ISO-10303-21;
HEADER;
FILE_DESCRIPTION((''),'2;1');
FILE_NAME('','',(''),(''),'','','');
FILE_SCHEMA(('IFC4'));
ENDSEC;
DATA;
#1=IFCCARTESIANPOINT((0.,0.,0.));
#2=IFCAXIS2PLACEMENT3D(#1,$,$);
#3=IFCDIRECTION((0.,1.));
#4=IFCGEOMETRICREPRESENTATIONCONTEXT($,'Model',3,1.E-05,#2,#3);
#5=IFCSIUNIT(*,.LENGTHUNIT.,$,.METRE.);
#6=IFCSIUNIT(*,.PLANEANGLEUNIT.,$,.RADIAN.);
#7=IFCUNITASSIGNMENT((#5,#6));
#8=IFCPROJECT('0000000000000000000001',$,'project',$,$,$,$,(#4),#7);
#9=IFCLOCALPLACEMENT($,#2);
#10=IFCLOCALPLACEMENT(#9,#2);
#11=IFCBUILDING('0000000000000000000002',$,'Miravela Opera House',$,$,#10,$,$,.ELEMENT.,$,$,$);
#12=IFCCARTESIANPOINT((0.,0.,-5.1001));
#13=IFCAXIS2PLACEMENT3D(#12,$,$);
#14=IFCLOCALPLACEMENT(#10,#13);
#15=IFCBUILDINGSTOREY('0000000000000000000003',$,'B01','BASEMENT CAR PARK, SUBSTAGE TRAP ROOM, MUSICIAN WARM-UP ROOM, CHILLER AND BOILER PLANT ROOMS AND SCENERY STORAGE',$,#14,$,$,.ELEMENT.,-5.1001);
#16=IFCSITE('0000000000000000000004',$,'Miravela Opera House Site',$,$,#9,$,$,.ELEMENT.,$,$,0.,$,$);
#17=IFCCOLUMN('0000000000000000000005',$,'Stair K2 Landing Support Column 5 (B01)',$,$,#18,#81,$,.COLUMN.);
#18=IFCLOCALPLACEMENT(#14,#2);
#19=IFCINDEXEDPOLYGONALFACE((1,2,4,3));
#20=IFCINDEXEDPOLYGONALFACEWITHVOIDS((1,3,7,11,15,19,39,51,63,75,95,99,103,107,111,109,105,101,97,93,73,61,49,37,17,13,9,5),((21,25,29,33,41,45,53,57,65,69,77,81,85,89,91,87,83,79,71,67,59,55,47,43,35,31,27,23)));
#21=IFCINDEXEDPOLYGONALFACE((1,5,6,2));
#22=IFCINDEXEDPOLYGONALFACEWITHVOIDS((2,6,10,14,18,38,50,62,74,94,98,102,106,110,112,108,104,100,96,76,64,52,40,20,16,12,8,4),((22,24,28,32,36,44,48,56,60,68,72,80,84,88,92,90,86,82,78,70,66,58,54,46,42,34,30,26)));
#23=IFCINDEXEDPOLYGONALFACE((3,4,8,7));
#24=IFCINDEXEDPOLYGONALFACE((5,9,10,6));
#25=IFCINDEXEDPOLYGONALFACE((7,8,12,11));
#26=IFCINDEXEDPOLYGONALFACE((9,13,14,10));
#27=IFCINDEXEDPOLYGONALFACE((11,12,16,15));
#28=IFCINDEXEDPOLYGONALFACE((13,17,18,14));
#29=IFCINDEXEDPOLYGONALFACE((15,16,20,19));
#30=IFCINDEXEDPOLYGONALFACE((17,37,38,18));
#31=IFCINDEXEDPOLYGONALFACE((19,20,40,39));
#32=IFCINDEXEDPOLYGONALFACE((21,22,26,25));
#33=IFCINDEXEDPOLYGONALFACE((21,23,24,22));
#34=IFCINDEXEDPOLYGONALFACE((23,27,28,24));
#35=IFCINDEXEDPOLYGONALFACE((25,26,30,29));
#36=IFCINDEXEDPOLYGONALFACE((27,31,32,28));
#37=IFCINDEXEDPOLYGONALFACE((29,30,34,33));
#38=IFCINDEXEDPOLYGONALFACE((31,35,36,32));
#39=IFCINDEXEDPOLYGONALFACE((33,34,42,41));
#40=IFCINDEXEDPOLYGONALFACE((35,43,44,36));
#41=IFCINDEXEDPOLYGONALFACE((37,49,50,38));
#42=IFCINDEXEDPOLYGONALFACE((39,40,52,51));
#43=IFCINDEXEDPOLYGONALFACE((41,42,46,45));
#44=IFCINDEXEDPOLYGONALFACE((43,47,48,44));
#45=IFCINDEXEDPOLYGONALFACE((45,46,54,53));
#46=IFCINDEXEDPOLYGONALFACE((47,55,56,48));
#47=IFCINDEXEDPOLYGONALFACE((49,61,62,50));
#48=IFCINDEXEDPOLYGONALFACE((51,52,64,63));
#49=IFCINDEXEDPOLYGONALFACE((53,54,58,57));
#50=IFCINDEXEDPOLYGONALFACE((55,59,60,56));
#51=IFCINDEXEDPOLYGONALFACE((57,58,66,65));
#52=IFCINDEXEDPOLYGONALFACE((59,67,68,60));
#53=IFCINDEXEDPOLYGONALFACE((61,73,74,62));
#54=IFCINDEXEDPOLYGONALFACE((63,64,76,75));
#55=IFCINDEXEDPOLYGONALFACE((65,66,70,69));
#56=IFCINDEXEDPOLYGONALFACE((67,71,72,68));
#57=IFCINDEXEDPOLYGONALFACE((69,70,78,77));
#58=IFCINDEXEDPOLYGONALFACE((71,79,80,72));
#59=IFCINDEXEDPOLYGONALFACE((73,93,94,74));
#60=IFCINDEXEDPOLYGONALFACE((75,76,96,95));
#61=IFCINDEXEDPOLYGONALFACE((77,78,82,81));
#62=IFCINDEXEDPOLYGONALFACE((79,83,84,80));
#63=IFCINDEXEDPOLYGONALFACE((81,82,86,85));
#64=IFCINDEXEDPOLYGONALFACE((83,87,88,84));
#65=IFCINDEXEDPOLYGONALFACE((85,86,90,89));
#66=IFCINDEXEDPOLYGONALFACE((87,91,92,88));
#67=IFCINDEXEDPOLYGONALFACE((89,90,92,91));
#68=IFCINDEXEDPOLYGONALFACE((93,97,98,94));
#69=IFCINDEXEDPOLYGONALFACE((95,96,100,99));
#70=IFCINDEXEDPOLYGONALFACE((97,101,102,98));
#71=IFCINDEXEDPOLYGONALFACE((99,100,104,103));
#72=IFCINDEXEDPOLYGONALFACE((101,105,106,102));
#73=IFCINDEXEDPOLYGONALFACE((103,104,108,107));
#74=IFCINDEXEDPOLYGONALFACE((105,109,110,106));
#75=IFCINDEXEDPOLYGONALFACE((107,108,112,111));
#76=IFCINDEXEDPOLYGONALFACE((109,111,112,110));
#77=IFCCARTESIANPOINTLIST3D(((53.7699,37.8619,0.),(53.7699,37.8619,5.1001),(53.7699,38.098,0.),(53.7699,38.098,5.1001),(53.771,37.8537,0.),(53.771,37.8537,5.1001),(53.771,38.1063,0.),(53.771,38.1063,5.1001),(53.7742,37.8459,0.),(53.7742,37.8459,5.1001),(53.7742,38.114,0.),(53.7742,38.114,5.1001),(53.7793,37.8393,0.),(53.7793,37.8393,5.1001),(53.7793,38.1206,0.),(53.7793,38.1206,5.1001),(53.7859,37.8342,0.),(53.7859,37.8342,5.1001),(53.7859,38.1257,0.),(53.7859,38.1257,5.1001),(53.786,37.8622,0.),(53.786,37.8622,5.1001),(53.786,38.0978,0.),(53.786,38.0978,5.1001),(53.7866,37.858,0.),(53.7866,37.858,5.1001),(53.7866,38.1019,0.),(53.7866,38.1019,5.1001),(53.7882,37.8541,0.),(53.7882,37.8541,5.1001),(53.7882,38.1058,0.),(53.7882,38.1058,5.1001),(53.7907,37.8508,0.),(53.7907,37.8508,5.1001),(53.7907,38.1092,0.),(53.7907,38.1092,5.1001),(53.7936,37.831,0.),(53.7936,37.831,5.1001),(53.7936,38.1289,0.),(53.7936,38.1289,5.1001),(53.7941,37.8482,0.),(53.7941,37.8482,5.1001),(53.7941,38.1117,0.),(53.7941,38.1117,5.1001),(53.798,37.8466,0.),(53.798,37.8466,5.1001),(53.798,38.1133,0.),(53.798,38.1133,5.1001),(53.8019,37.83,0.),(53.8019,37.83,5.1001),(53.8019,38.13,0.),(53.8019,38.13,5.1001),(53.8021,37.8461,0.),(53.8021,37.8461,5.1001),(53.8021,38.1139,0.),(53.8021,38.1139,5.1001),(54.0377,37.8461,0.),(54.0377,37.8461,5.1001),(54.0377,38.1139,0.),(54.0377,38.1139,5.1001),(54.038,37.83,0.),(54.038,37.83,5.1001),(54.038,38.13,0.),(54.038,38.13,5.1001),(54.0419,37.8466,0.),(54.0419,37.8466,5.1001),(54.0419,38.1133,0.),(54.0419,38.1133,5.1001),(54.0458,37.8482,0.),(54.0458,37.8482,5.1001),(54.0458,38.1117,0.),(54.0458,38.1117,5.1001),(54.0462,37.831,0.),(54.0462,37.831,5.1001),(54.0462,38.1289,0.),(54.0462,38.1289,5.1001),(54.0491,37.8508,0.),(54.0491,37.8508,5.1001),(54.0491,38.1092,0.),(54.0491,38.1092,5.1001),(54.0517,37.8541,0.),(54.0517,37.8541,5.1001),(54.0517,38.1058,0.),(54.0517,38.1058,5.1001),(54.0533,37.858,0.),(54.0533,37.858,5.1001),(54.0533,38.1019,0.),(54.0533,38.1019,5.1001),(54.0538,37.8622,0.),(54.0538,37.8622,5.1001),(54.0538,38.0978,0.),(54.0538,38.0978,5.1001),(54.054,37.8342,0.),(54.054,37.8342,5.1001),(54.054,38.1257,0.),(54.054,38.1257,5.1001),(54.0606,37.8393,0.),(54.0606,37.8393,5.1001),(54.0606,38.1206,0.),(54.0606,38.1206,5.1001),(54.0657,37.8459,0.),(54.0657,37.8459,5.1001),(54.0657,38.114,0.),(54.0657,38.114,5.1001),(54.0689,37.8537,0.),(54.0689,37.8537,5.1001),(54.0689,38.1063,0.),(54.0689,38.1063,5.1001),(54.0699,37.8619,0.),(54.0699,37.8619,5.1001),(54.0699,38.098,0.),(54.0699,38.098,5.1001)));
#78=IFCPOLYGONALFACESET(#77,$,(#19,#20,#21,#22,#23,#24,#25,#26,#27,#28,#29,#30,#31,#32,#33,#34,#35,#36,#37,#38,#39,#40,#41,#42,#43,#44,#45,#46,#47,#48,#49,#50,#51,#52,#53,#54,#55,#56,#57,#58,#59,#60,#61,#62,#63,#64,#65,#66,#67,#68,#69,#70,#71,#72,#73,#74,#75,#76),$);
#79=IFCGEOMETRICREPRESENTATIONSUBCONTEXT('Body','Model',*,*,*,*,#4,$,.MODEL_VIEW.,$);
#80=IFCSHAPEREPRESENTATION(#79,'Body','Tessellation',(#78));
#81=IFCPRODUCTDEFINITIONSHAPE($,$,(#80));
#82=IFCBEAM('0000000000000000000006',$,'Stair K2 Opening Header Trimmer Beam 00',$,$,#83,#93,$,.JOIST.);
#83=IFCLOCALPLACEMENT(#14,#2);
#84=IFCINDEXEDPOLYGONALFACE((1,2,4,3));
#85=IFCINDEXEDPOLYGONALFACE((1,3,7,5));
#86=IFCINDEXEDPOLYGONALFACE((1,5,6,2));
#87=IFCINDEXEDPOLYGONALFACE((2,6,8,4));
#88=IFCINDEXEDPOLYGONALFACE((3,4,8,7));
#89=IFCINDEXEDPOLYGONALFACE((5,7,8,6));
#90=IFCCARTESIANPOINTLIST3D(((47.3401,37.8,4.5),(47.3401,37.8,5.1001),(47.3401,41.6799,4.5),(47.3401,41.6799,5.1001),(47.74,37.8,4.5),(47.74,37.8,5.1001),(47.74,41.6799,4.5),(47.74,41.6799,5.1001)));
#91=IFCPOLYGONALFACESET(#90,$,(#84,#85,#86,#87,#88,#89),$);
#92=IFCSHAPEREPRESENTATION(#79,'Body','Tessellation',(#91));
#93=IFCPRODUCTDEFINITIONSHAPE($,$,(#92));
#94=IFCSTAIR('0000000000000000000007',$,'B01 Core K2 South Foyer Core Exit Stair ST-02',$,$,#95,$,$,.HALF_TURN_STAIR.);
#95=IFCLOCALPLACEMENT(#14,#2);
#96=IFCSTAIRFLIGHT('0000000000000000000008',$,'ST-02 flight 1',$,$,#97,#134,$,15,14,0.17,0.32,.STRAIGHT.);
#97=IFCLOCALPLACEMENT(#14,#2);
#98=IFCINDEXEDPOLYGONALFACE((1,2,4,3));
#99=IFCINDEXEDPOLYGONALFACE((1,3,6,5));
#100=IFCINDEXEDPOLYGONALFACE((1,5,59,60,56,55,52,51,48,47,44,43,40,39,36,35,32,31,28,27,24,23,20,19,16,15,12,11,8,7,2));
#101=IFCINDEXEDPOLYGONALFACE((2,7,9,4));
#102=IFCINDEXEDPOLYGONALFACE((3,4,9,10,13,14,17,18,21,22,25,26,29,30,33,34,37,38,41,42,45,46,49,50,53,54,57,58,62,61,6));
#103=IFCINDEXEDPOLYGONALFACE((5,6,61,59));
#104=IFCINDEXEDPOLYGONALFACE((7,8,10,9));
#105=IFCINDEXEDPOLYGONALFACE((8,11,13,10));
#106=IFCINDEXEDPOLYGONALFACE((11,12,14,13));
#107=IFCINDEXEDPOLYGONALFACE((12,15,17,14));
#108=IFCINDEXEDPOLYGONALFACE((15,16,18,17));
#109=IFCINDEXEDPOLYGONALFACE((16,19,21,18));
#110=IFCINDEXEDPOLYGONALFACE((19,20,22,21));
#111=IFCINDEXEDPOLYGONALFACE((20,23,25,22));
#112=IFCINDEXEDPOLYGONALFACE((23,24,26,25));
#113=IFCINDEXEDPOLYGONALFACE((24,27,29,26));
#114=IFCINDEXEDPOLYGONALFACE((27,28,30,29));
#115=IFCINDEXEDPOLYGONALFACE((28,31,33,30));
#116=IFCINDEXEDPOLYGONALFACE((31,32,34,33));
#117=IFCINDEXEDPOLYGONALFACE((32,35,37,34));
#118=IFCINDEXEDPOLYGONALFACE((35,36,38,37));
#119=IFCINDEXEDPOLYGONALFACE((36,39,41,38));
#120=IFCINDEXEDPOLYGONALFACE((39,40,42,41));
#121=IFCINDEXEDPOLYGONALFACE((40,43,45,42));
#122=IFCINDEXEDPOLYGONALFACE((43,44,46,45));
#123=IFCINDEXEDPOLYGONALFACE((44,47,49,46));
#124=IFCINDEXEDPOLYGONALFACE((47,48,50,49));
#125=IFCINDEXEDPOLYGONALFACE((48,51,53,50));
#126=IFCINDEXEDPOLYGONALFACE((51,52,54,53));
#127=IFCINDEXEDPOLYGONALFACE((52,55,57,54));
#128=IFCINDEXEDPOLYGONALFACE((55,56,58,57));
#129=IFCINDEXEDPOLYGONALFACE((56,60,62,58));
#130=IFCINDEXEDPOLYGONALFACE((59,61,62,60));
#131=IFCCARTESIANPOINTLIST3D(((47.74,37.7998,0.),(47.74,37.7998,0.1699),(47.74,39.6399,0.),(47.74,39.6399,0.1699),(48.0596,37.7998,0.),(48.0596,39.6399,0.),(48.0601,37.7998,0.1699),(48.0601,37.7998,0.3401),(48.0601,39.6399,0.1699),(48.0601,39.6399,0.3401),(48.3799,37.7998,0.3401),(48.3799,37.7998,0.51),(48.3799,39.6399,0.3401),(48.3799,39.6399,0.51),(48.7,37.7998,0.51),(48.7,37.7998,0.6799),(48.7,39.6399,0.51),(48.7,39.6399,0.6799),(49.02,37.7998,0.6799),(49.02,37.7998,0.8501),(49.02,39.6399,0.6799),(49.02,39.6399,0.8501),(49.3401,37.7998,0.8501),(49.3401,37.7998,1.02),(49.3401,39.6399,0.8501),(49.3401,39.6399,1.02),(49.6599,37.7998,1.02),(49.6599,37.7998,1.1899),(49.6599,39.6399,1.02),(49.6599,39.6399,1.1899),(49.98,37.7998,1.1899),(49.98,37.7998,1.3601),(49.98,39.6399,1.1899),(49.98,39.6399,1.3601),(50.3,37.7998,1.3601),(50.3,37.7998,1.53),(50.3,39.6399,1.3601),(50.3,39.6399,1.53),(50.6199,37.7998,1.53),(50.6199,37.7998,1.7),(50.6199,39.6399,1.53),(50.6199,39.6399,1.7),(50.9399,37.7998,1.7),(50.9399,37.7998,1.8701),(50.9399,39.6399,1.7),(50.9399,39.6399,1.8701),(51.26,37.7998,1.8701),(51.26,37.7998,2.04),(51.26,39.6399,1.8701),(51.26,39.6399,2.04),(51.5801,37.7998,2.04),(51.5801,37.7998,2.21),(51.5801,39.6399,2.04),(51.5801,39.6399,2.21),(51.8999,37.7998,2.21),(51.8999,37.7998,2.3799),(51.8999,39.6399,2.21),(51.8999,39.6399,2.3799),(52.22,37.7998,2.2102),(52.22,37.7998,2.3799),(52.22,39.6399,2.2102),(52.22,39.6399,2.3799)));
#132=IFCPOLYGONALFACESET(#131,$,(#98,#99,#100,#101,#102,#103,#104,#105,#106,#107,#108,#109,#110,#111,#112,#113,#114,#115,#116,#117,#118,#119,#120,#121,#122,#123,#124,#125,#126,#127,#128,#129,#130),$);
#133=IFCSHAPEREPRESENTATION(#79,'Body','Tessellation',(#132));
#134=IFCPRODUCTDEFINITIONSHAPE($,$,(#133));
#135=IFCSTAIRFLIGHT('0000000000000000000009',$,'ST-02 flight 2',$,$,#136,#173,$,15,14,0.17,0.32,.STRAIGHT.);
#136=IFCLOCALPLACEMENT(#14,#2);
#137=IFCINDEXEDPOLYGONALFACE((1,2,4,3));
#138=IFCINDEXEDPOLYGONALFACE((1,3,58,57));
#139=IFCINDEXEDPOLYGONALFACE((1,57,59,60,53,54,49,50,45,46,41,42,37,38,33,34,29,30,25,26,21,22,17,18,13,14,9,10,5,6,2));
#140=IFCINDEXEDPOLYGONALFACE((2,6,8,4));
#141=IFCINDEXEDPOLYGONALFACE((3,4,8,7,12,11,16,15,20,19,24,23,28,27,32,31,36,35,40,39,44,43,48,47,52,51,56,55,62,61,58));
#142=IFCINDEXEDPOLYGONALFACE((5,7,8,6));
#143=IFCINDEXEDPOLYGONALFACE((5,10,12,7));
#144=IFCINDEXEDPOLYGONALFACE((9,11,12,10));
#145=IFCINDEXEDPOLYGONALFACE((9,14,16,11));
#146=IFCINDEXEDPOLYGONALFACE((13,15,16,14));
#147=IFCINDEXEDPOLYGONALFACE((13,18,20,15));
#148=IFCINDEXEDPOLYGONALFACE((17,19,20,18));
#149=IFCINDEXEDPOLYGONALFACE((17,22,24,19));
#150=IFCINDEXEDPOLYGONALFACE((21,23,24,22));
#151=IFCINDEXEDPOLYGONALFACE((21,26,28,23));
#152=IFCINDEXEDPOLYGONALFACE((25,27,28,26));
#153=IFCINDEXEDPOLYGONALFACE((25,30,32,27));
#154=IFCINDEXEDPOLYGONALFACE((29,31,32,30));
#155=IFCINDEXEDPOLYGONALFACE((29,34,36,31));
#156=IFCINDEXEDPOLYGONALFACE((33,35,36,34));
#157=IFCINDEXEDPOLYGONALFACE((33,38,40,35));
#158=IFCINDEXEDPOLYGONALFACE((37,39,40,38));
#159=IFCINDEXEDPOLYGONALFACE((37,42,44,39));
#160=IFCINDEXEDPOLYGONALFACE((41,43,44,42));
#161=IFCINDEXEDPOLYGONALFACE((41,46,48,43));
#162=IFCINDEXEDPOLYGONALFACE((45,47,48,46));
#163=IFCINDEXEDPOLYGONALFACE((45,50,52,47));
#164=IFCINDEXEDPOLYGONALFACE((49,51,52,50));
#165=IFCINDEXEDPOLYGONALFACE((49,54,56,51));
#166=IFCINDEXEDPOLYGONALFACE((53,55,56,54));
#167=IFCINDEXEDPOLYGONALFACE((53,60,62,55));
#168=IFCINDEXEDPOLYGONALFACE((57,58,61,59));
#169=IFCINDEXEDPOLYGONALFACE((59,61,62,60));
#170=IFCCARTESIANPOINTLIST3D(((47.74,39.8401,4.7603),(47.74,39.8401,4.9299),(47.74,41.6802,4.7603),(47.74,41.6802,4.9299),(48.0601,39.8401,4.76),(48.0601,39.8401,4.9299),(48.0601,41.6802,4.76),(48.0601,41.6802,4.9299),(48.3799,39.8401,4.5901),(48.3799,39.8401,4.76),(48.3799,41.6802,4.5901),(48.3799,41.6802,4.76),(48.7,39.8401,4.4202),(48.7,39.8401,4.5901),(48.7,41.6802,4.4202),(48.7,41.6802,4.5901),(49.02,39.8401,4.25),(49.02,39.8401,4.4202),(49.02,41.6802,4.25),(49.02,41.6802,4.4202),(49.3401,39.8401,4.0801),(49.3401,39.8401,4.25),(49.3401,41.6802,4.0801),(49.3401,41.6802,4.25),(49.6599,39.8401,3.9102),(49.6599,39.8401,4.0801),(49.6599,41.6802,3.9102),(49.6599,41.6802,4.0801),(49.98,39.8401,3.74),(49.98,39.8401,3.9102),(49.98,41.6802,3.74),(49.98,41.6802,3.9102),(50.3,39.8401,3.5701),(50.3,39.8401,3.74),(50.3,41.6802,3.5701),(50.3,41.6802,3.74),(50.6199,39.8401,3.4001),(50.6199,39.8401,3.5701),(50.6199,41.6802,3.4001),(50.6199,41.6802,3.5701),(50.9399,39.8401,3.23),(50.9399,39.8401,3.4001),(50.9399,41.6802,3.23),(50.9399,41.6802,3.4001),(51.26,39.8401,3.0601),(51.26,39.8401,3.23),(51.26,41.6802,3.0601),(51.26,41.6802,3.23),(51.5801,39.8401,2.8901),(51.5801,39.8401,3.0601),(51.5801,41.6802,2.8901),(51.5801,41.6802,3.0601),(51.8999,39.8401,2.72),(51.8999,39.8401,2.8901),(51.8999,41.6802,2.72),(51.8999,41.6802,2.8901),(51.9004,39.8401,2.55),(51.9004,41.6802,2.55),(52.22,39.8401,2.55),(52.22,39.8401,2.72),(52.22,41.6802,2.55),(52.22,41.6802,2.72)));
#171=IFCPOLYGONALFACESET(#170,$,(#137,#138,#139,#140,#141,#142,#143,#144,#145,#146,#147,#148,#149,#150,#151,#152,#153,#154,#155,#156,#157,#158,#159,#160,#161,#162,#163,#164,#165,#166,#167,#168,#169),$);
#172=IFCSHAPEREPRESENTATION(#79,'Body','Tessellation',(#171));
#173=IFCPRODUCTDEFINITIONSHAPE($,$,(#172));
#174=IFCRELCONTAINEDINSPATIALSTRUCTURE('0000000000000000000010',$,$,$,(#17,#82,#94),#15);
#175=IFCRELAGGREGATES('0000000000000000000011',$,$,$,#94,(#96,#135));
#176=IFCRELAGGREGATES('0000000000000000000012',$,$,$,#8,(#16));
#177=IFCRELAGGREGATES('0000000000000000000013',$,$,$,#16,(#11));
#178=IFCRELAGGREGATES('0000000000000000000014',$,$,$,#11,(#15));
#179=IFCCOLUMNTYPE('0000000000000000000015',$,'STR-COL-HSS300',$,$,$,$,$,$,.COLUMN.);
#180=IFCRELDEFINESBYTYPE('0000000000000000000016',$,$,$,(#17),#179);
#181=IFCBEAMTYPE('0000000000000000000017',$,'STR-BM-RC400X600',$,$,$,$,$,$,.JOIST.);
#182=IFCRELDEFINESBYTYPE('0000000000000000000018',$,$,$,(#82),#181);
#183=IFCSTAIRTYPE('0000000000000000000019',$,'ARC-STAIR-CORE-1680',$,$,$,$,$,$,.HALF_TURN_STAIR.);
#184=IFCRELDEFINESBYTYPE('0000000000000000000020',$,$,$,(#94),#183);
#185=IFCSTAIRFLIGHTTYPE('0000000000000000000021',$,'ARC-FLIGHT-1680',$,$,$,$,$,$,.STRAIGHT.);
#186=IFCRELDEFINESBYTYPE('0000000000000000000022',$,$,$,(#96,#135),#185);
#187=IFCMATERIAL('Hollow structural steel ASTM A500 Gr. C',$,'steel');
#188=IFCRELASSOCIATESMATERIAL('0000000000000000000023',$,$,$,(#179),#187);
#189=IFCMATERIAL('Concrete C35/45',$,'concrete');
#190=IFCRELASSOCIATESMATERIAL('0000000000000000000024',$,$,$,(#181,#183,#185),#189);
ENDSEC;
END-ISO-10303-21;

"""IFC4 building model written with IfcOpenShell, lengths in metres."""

from ifc_helpers import new_model, si_unit, direction, frame, origin, origin_2d, place, context, subcontext, project, spatial, polyline, rectangle, hollow_rectangle, outline, extrude, material, material_profile, profile_set, type_object, element, aggregate, save


model = new_model("IFC4")

# Units and contexts
model_context = context("Model", 3, precision=1e-05, world=origin(), true_north=direction((0.0, 1.0)))
body_context = subcontext(model_context, "Body", "Model", "MODEL_VIEW")
ifc_project = project(units=[si_unit("LENGTHUNIT", "METRE"), si_unit("PLANEANGLEUNIT", "RADIAN")], contexts=[model_context])

# Site, building, storey
site_placement = place(None, origin())
site = spatial("IfcSite", under=ifc_project, at=site_placement, Name="Miravela Opera House Site", CompositionType="ELEMENT", RefElevation=0.0)
building_placement = place(site_placement, origin())
building = spatial("IfcBuilding", under=site, at=building_placement, Name="Miravela Opera House", CompositionType="ELEMENT")
storey_placement = place(building_placement, frame((0.0, 0.0, -5.1001)))
storey = spatial("IfcBuildingStorey", under=building, at=storey_placement, Name="B01", Description="BASEMENT CAR PARK, SUBSTAGE TRAP ROOM, MUSICIAN WARM-UP ROOM, CHILLER AND BOILER PLANT ROOMS AND SCENERY STORAGE", CompositionType="ELEMENT", Elevation=-5.1001)

# Shared definitions
ifc_material_1 = material(Name="Concrete C35/45", Category="concrete")

# Column
ifc_material_2 = material(Name="Hollow structural steel ASTM A500 Gr. C", Category="steel")
ifc_material_profile_1 = material_profile(ifc_material_2, hollow_rectangle(XDim=0.3, YDim=0.3, WallThickness=0.0161, InnerFilletRadius=0.0161, OuterFilletRadius=0.032, at=origin_2d()), Name="HSS300X300X16")
ifc_profile_set_1 = profile_set([ifc_material_profile_1])
column_type = type_object("IfcColumnType", Name="STR-COL-HSS300", PredefinedType="COLUMN", material=ifc_profile_set_1)
for number, where, z_axis, x_axis, name in (
    (1, (53.9199, 37.98, 0.0), (0.0, 0.0, 1.0), (1.0, 0.0, 0.0), "Stair K2 Landing Support Column 5 (B01)"),
):
    element("IfcColumn", number, at=place(storey_placement, frame(where, z_axis=z_axis, x_axis=x_axis)), inside=storey, type_object=column_type, Name=name, PredefinedType="COLUMN", context=body_context, shape_type="SweptSolid", body=[
        extrude(hollow_rectangle(XDim=0.3, YDim=0.3, WallThickness=0.0161, InnerFilletRadius=0.0161, OuterFilletRadius=0.032, at=origin_2d()), origin(), (0.0, 0.0, 1.0), 5.1001),
    ])

# Beam
ifc_material_profile_2 = material_profile(ifc_material_1, rectangle(XDim=0.3999, YDim=0.6001, at=origin_2d()), Name="RC-BM-400X600")
ifc_profile_set_2 = profile_set([ifc_material_profile_2])
beam_type = type_object("IfcBeamType", Name="STR-BM-RC400X600", PredefinedType="JOIST", material=ifc_profile_set_2)
beam_placement = place(storey_placement, frame((47.54, 37.8, 4.8), z_axis=(0.0, 1.0, 0.0), x_axis=(-1.0, 0.0, 0.0)))
element("IfcBeam", 2, at=beam_placement, inside=storey, type_object=beam_type, Name="Stair K2 Opening Header Trimmer Beam 00", PredefinedType="JOIST", context=body_context, shape_type="SweptSolid", body=[
    extrude(rectangle(XDim=0.3999, YDim=0.6001, at=origin_2d()), origin(), (0.0, 0.0, 1.0), 3.8799),
])

# Stair, stair flights
stair_type = type_object("IfcStairType", Name="ARC-STAIR-CORE-1680", PredefinedType="HALF_TURN_STAIR", material=ifc_material_1)
stair_placement = place(storey_placement, origin())
stair = element("IfcStair", 3, at=stair_placement, inside=storey, type_object=stair_type, Name="B01 Core K2 South Foyer Core Exit Stair ST-02", PredefinedType="HALF_TURN_STAIR")
stair_flight_type = type_object("IfcStairFlightType", Name="ARC-FLIGHT-1680", PredefinedType="STRAIGHT", material=ifc_material_1)
stair_flight_1_placement = place(storey_placement, frame((47.74, 38.72, 0.0), z_axis=(0.0, 0.0, 1.0), x_axis=(1.0, 0.0, 0.0)))
stair_flight_1 = element("IfcStairFlight", 4, at=stair_flight_1_placement, type_object=stair_flight_type, Name="ST-02 flight 1", NumberOfRisers=15, NumberOfTreads=14, PredefinedType="STRAIGHT", RiserHeight=0.17, TreadLength=0.32, context=body_context, shape_type="SweptSolid", body=[
    extrude(outline(polyline([(0.0, 0.0), (0.0, 0.1699), (0.3201, 0.1699), (0.3201, 0.3401), (0.6399, 0.3401), (0.6399, 0.51), (0.96, 0.51), (0.96, 0.6799), (1.28, 0.6799), (1.28, 0.8501), (1.6001, 0.8501), (1.6001, 1.02), (1.9199, 1.02), (1.9199, 1.1899), (2.24, 1.1899), (2.24, 1.3601), (2.5601, 1.3601), (2.5601, 1.53), (2.8799, 1.53), (2.8799, 1.7), (3.2, 1.7), (3.2, 1.8701), (3.52, 1.8701), (3.52, 2.04), (3.8401, 2.04), (3.8401, 2.21), (4.1599, 2.21), (4.1599, 2.3799), (4.48, 2.3799), (4.48, 2.55), (4.48, 2.2102), (0.3196, 0.0), (0.0, 0.0)])), frame((0.0, 0.9199, 0.0), z_axis=(0.0, -1.0, 0.0), x_axis=(1.0, 0.0, 0.0)), (0.0, 0.0, 1.0), 1.8401),
])
stair_flight_2_placement = place(storey_placement, frame((52.22, 40.76, 2.55), z_axis=(0.0, 0.0, 1.0), x_axis=(-1.0, 0.0, 0.0)))
stair_flight_2 = element("IfcStairFlight", 5, at=stair_flight_2_placement, type_object=stair_flight_type, Name="ST-02 flight 2", NumberOfRisers=15, NumberOfTreads=14, PredefinedType="STRAIGHT", RiserHeight=0.17, TreadLength=0.32, context=body_context, shape_type="SweptSolid", body=[
    extrude(outline(polyline([(0.0, 0.0), (0.0, 0.1699), (0.3201, 0.1699), (0.3201, 0.3401), (0.6399, 0.3401), (0.6399, 0.51), (0.96, 0.51), (0.96, 0.6799), (1.28, 0.6799), (1.28, 0.8501), (1.6001, 0.8501), (1.6001, 1.02), (1.9199, 1.02), (1.9199, 1.1899), (2.24, 1.1899), (2.24, 1.3601), (2.5601, 1.3601), (2.5601, 1.53), (2.8799, 1.53), (2.8799, 1.7), (3.2, 1.7), (3.2, 1.8701), (3.52, 1.8701), (3.52, 2.04), (3.8401, 2.04), (3.8401, 2.21), (4.1599, 2.21), (4.1599, 2.3799), (4.48, 2.3799), (4.48, 2.55), (4.48, 2.2102), (0.3196, 0.0), (0.0, 0.0)])), frame((0.0, 0.9199, 0.0), z_axis=(0.0, -1.0, 0.0), x_axis=(1.0, 0.0, 0.0)), (0.0, 0.0, 1.0), 1.8401),
])
aggregate(stair, [stair_flight_1, stair_flight_2])

save(model, "model.ifc")
